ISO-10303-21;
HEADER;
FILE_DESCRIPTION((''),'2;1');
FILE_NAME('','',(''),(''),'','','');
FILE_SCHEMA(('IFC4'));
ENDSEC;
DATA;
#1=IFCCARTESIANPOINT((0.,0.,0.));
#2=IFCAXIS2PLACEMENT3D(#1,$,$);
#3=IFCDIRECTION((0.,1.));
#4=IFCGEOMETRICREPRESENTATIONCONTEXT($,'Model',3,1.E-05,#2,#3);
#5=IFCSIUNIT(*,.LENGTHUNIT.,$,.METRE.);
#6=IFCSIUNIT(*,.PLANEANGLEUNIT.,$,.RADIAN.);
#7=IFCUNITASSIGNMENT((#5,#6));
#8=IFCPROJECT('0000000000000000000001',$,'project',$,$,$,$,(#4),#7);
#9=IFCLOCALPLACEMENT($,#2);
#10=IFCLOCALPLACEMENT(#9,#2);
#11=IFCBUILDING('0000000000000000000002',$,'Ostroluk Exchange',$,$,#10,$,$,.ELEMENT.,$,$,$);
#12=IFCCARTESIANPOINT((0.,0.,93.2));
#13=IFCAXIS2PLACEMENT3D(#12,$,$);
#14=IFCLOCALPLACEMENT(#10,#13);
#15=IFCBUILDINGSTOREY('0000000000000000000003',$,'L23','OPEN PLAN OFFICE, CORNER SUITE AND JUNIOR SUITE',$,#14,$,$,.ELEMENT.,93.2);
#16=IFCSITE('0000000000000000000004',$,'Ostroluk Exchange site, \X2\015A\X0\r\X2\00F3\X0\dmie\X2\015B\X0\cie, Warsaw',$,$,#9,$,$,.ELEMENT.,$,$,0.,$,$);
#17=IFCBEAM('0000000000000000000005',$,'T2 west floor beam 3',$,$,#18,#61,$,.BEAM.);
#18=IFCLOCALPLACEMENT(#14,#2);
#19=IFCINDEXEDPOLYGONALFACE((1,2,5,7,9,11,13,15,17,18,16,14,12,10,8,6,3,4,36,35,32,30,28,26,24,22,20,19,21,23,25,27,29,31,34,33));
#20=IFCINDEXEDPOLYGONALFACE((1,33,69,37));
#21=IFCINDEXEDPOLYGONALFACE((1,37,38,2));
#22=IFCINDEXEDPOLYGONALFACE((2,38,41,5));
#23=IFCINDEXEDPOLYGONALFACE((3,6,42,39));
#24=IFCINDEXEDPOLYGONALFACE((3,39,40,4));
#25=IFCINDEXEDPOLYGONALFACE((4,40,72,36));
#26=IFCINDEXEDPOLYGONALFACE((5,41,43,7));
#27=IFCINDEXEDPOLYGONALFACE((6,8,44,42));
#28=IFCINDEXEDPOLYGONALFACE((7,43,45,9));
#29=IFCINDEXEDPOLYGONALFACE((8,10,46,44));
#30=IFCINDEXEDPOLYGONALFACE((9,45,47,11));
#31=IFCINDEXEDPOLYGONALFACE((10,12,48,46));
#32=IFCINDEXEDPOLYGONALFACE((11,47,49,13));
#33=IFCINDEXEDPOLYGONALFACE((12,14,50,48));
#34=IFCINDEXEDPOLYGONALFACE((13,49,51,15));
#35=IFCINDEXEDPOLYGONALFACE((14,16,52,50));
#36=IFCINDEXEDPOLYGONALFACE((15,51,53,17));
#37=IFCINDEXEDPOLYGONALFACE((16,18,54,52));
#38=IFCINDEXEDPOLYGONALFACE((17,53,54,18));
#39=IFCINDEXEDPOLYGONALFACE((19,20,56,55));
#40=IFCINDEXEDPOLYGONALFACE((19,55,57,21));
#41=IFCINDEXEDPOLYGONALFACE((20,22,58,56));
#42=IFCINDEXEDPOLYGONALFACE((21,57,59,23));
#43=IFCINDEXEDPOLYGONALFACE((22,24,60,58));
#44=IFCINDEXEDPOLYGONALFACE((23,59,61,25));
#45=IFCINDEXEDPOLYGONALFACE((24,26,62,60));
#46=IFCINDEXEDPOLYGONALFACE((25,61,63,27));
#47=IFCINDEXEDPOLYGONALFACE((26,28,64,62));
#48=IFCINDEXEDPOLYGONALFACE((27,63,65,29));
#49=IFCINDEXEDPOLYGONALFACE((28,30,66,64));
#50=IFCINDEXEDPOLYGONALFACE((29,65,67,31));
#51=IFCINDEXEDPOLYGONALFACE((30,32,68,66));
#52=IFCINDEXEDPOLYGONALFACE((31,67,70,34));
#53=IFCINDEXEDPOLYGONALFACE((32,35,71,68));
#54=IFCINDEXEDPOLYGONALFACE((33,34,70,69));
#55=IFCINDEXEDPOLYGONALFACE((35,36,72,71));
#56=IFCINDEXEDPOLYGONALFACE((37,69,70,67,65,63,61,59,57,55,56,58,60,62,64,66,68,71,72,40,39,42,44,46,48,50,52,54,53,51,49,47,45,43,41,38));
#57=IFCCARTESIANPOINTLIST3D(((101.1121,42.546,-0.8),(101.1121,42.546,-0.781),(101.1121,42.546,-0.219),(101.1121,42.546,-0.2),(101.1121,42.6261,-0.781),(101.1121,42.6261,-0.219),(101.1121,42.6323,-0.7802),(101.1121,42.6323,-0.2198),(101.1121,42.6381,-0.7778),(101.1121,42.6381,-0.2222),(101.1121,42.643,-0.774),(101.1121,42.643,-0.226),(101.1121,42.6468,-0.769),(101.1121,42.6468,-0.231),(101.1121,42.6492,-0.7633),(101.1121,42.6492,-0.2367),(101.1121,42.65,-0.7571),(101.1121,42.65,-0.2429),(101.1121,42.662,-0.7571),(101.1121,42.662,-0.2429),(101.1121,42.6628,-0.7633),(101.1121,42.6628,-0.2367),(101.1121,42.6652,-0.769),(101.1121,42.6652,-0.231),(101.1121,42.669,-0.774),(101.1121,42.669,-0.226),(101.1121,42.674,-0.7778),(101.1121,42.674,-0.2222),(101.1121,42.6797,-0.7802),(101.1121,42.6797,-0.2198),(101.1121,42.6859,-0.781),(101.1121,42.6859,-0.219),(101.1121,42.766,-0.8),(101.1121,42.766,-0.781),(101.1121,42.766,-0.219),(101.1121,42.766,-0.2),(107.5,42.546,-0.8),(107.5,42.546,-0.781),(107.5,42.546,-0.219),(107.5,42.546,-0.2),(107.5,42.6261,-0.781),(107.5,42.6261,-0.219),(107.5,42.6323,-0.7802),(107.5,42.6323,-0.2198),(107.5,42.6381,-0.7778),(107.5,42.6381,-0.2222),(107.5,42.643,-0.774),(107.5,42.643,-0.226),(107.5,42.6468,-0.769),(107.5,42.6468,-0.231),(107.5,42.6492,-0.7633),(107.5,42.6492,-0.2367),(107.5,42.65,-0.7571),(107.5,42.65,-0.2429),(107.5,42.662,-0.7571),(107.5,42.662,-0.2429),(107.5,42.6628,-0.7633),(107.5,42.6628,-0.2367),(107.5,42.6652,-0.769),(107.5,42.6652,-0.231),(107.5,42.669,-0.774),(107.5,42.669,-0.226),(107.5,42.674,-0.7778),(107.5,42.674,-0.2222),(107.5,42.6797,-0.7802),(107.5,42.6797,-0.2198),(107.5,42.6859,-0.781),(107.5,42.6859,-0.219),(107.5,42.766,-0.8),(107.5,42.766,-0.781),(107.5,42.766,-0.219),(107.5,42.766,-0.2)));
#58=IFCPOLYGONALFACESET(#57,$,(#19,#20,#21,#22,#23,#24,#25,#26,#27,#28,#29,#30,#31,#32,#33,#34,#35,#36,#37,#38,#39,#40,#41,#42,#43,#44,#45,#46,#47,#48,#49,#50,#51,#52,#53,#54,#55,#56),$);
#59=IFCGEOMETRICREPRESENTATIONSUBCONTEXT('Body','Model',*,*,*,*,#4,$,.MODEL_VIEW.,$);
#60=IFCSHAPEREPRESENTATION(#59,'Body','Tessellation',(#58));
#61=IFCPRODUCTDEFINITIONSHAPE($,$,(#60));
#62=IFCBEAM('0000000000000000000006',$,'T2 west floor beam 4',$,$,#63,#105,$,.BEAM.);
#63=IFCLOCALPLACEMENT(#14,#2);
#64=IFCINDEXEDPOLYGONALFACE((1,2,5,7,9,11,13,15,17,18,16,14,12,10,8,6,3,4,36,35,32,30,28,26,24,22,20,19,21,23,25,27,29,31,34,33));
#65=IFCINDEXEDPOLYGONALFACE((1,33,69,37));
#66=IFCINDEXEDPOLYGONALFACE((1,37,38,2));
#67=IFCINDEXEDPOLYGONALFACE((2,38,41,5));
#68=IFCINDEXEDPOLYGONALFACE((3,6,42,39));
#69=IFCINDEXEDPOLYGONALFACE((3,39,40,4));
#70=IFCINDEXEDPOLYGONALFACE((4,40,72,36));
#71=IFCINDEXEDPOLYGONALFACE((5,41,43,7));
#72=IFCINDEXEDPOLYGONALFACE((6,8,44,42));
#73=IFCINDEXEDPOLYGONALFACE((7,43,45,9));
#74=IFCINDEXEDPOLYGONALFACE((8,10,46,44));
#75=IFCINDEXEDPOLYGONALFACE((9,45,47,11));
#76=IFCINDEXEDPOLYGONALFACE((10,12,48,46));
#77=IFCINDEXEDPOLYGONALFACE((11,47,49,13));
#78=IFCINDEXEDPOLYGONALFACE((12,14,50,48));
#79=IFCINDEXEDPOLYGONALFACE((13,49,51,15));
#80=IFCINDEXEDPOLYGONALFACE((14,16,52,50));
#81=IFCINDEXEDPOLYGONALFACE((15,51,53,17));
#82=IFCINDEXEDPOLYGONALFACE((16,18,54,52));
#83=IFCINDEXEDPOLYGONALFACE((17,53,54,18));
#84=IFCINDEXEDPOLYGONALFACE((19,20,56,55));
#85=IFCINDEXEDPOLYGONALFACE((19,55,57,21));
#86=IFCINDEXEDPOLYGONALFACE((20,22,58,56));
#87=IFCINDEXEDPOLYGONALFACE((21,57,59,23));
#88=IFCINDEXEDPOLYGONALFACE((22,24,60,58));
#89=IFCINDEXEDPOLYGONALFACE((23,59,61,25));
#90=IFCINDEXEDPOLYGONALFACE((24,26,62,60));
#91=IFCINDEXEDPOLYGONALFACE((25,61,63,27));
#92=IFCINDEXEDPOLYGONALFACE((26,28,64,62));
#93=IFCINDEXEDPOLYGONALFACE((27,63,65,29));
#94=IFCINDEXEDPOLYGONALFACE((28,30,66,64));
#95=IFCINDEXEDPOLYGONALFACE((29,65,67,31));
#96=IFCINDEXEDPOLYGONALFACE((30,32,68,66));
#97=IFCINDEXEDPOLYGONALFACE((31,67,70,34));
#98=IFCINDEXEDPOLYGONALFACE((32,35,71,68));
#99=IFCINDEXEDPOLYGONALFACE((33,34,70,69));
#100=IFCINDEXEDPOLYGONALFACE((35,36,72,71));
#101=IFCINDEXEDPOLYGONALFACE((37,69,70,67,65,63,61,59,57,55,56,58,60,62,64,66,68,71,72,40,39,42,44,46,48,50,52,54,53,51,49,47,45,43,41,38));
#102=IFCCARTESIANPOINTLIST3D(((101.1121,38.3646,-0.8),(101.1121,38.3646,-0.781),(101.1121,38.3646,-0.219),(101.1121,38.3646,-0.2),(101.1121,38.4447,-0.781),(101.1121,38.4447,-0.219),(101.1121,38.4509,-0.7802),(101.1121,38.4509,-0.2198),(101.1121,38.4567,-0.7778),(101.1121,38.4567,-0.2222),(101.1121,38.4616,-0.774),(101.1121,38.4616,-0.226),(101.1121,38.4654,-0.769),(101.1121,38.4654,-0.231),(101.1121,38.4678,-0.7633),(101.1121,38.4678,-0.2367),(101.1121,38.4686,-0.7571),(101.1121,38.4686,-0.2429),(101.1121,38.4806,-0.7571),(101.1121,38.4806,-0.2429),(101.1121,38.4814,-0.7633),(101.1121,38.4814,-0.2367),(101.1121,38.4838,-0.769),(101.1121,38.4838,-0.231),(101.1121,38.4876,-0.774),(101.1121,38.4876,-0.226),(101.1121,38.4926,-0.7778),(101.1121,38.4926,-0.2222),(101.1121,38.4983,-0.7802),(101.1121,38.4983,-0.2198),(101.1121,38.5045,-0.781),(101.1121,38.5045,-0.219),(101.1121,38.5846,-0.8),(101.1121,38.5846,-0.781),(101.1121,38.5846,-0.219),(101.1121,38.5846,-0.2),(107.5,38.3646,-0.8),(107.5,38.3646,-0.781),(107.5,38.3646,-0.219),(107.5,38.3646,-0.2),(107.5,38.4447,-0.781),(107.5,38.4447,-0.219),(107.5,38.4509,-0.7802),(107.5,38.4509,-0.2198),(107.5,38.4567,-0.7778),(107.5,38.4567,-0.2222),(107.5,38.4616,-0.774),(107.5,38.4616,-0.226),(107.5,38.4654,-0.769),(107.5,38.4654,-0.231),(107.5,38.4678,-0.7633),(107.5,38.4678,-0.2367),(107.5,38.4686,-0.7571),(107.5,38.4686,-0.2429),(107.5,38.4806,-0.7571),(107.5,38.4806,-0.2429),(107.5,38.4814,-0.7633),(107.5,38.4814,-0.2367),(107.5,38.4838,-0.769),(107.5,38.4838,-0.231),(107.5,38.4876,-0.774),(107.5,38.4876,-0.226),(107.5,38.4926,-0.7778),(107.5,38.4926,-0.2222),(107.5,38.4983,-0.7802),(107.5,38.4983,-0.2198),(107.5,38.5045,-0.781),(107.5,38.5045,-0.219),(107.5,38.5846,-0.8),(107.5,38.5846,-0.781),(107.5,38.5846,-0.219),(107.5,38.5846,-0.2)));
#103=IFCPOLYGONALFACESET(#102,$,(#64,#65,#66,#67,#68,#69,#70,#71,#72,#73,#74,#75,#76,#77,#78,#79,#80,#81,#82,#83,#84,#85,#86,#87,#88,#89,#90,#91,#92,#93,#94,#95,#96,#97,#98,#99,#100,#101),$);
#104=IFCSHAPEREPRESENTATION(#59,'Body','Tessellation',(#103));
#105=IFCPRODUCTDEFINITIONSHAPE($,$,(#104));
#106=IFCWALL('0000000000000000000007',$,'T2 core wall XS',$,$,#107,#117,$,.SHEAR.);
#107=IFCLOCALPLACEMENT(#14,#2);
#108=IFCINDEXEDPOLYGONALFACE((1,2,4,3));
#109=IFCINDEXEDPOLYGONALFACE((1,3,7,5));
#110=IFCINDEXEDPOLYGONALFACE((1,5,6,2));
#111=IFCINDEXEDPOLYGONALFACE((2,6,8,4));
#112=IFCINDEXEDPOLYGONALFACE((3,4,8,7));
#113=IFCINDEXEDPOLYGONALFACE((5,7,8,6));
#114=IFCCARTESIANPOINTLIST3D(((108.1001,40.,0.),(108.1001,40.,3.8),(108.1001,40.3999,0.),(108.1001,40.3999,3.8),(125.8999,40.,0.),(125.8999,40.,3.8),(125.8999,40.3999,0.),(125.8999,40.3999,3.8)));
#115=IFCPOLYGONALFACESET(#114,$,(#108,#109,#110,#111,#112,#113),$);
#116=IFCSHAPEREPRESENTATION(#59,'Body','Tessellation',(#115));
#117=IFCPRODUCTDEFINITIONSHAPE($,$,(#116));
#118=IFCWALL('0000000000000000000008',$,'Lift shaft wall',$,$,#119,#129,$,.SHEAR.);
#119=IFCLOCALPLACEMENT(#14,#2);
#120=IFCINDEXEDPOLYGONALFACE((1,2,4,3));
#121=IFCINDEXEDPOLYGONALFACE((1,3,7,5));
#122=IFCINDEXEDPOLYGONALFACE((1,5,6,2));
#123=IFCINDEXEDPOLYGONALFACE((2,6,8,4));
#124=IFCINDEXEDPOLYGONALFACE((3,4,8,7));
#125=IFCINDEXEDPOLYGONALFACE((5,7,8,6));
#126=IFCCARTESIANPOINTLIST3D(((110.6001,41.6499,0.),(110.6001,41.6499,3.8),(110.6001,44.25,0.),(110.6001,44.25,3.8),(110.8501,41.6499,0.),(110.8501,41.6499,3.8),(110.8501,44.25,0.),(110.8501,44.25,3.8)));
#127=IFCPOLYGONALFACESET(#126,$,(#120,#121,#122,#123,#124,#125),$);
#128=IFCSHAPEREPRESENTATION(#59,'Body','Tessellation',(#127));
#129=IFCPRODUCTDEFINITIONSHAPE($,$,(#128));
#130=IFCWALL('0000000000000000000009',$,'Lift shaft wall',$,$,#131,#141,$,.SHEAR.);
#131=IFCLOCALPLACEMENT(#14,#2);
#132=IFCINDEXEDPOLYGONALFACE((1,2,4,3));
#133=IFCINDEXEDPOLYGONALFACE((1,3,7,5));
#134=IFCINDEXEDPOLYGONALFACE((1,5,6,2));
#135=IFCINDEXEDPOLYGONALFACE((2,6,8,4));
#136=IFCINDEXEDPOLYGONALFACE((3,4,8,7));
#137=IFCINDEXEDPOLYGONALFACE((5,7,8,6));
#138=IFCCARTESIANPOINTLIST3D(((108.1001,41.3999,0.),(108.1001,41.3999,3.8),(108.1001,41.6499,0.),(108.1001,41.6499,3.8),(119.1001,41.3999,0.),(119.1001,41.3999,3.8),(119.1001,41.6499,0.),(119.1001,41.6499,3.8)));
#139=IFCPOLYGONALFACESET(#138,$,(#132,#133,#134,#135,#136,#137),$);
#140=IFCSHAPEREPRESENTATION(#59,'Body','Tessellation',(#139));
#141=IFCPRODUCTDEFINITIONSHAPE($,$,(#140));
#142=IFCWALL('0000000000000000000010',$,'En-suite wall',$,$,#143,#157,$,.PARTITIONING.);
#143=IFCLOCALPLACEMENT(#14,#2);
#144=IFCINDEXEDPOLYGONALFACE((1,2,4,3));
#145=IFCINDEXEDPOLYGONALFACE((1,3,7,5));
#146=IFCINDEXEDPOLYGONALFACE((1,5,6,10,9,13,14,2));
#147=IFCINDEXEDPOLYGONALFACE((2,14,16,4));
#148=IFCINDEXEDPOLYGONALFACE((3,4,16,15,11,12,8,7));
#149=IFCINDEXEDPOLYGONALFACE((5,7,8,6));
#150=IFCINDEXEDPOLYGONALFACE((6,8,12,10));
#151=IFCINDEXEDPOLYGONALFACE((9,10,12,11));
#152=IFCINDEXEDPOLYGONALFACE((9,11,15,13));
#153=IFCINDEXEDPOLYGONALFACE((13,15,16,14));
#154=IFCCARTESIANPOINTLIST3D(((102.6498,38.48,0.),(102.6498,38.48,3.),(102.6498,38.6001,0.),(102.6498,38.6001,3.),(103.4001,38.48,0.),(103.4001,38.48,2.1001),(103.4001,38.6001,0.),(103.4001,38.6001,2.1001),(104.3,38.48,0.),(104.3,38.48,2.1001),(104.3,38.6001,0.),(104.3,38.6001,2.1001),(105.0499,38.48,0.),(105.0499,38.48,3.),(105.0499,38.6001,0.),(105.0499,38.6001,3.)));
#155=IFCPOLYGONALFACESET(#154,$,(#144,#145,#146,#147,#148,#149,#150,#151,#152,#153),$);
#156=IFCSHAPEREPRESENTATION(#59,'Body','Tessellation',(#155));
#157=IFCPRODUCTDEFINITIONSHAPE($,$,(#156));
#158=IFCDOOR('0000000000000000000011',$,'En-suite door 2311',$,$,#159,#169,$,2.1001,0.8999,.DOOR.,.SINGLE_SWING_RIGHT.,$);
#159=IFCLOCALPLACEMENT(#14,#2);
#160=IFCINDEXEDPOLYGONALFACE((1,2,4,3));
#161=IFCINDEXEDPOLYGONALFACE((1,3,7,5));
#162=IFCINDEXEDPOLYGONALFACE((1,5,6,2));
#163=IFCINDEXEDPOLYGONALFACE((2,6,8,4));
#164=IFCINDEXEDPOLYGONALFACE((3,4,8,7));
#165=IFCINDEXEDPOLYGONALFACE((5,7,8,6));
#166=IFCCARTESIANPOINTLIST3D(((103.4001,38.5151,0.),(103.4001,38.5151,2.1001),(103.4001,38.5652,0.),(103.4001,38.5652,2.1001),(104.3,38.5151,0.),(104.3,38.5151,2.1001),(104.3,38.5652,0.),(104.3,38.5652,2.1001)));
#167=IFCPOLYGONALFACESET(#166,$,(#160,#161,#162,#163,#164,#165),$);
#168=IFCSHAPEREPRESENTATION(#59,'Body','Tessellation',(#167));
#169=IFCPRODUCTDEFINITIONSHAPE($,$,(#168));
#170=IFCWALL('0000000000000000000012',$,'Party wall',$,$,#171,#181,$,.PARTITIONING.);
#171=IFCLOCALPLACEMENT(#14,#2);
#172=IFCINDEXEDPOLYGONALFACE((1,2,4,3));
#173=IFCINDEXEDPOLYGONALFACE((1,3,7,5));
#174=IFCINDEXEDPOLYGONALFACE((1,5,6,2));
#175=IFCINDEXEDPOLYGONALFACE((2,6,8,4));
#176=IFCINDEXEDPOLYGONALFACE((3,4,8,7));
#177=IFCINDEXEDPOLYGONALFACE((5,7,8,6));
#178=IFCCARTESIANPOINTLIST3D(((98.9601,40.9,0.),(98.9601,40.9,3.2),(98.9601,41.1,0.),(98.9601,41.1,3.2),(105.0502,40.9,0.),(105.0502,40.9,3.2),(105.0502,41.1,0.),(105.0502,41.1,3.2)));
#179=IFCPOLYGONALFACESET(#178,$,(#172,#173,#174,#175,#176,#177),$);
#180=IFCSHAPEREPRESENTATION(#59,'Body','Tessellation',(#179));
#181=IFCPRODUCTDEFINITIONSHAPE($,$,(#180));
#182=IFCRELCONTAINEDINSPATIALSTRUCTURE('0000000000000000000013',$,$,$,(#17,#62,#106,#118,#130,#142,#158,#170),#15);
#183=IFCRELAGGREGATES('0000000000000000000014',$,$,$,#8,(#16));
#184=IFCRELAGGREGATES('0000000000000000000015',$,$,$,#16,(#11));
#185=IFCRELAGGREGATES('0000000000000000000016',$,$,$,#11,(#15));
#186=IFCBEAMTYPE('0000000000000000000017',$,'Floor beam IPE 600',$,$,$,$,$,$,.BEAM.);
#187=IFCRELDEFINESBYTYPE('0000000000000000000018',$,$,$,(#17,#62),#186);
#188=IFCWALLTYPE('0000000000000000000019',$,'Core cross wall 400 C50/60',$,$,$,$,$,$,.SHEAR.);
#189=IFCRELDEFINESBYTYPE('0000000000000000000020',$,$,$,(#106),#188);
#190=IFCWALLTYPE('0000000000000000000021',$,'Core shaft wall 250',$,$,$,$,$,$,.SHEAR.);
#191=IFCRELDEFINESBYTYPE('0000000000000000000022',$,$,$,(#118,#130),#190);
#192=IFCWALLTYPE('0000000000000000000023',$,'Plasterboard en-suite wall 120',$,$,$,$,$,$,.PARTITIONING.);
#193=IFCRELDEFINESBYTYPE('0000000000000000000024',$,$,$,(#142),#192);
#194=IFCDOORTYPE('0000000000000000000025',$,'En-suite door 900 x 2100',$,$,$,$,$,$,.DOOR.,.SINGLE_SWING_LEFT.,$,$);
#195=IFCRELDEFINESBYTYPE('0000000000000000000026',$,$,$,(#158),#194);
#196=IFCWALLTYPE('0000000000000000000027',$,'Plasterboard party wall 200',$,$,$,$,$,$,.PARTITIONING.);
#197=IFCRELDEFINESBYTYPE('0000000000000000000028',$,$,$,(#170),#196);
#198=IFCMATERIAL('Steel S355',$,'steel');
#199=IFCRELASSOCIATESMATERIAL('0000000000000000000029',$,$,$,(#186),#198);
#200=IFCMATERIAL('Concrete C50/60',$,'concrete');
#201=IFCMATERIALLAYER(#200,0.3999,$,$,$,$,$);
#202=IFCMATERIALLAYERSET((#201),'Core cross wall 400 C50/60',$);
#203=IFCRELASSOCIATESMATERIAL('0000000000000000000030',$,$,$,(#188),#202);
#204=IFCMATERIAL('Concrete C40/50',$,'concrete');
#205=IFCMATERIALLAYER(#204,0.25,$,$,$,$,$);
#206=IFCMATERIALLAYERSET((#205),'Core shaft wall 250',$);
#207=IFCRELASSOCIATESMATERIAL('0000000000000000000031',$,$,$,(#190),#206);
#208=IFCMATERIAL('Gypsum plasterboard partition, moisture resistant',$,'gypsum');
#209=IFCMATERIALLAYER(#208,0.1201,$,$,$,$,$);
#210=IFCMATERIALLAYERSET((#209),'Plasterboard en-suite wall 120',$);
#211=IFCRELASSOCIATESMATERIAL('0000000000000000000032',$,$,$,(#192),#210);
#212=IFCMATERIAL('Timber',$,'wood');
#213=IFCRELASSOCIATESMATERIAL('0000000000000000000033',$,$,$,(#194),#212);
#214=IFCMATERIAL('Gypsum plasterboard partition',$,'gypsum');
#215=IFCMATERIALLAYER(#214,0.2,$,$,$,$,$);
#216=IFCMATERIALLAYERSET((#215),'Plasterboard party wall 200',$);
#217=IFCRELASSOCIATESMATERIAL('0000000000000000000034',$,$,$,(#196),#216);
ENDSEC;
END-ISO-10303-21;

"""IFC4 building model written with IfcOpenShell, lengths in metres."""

from ifc_helpers import new_model, si_unit, direction, frame, frame_2d, origin, origin_2d, place, context, subcontext, project, spatial, rectangle, i_section, extrude, material, layer, layer_set, material_profile, profile_set, type_object, element, fill, save


model = new_model("IFC4")

# Units and contexts
model_context = context("Model", 3, precision=1e-05, world=origin(), true_north=direction((0.0, 1.0)))
body_context = subcontext(model_context, "Body", "Model", "MODEL_VIEW")
ifc_project = project(units=[si_unit("LENGTHUNIT", "METRE"), si_unit("PLANEANGLEUNIT", "RADIAN")], contexts=[model_context])

# Site, building, storey
site_placement = place(None, origin())
site = spatial("IfcSite", under=ifc_project, at=site_placement, Name="Ostroluk Exchange site, Śródmieście, Warsaw", CompositionType="ELEMENT", RefElevation=0.0)
building_placement = place(site_placement, origin())
building = spatial("IfcBuilding", under=site, at=building_placement, Name="Ostroluk Exchange", CompositionType="ELEMENT")
storey_placement = place(building_placement, frame((0.0, 0.0, 93.2)))
storey = spatial("IfcBuildingStorey", under=building, at=storey_placement, Name="L23", Description="OPEN PLAN OFFICE, CORNER SUITE AND JUNIOR SUITE", CompositionType="ELEMENT", Elevation=93.2)

# Beams
ifc_material_1 = material(Name="Steel S355", Category="steel")
ifc_material_profile = material_profile(ifc_material_1, i_section(OverallWidth=0.22, OverallDepth=0.6001, WebThickness=0.012, FlangeThickness=0.019, FilletRadius=0.0239, at=origin_2d()), Name="IPE 600")
ifc_profile_set = profile_set([ifc_material_profile], Name="Steel S355")
beam_type = type_object("IfcBeamType", Name="Floor beam IPE 600", PredefinedType="BEAM", material=ifc_profile_set)
for number, where, z_axis, x_axis, name in (
    (1, (107.5, 42.656, -0.5), (-1.0, 0.0, 0.0), (0.0, -1.0, 0.0), "T2 west floor beam 3"),
    (2, (107.5, 38.4746, -0.5), (-1.0, 0.0, 0.0), (0.0, -1.0, 0.0), "T2 west floor beam 4"),
):
    element("IfcBeam", number, at=place(storey_placement, frame(where, z_axis=z_axis, x_axis=x_axis)), inside=storey, type_object=beam_type, Name=name, PredefinedType="BEAM", context=body_context, shape_type="SweptSolid", body=[
        extrude(i_section(OverallWidth=0.22, OverallDepth=0.6001, WebThickness=0.012, FlangeThickness=0.019, FilletRadius=0.0239, at=origin_2d()), origin(), (0.0, 0.0, 1.0), 6.3879),
    ])

# Walls
ifc_material_2 = material(Name="Concrete C50/60", Category="concrete")
ifc_layer_1 = layer(ifc_material_2, 0.3999)
ifc_layer_set_1 = layer_set([ifc_layer_1], Name="Core cross wall 400 C50/60")
wall_type_1 = type_object("IfcWallType", Name="Core cross wall 400 C50/60", PredefinedType="SHEAR", material=ifc_layer_set_1)
wall_1_placement = place(storey_placement, frame((108.1001, 40.2, 0.0), z_axis=(0.0, 0.0, 1.0), x_axis=(1.0, 0.0, 0.0)))
element("IfcWall", 3, at=wall_1_placement, inside=storey, type_object=wall_type_1, Name="T2 core wall XS", PredefinedType="SHEAR", context=body_context, shape_type="SweptSolid", body=[
    extrude(rectangle(XDim=17.7998, YDim=0.3999, at=frame_2d((8.8999, 0.0))), origin(), (0.0, 0.0, 1.0), 3.8),
])
ifc_material_3 = material(Name="Concrete C40/50", Category="concrete")
ifc_layer_2 = layer(ifc_material_3, 0.25)
ifc_layer_set_2 = layer_set([ifc_layer_2], Name="Core shaft wall 250")
wall_type_2 = type_object("IfcWallType", Name="Core shaft wall 250", PredefinedType="SHEAR", material=ifc_layer_set_2)
wall_2_placement = place(storey_placement, frame((110.7251, 44.25, 0.0), z_axis=(0.0, 0.0, 1.0), x_axis=(0.0, -1.0, 0.0)))
element("IfcWall", 4, at=wall_2_placement, inside=storey, type_object=wall_type_2, Name="Lift shaft wall", PredefinedType="SHEAR", context=body_context, shape_type="SweptSolid", body=[
    extrude(rectangle(XDim=2.6001, YDim=0.25, at=frame_2d((1.3, 0.0))), origin(), (0.0, 0.0, 1.0), 3.8),
])
wall_3_placement = place(storey_placement, frame((108.1001, 41.5249, 0.0), z_axis=(0.0, 0.0, 1.0), x_axis=(1.0, 0.0, 0.0)))
element("IfcWall", 5, at=wall_3_placement, inside=storey, type_object=wall_type_2, Name="Lift shaft wall", PredefinedType="SHEAR", context=body_context, shape_type="SweptSolid", body=[
    extrude(rectangle(XDim=11.0, YDim=0.25, at=frame_2d((5.5, 0.0))), origin(), (0.0, 0.0, 1.0), 3.8),
])

# Wall, opening, door
ifc_material_4 = material(Name="Gypsum plasterboard partition, moisture resistant", Category="gypsum")
ifc_layer_3 = layer(ifc_material_4, 0.1201)
ifc_layer_set_3 = layer_set([ifc_layer_3], Name="Plasterboard en-suite wall 120")
wall_type_3 = type_object("IfcWallType", Name="Plasterboard en-suite wall 120", PredefinedType="PARTITIONING", material=ifc_layer_set_3)
wall_4_placement = place(storey_placement, frame((105.05, 38.54, 0.0), z_axis=(0.0, 0.0, 1.0), x_axis=(-1.0, 0.0, 0.0)))
wall_4 = element("IfcWall", 6, at=wall_4_placement, inside=storey, type_object=wall_type_3, Name="En-suite wall", PredefinedType="PARTITIONING", context=body_context, shape_type="SweptSolid", body=[
    extrude(rectangle(XDim=2.4001, YDim=0.1201, at=frame_2d((1.2002, 0.0))), origin(), (0.0, 0.0, 1.0), 3.0),
])
opening_placement = place(wall_4_placement, frame((0.75, 0.0, 0.0)))
opening = element("IfcOpeningElement", 7, at=opening_placement, cuts=wall_4, PredefinedType="OPENING", context=body_context, shape_type="SweptSolid", body=[
    extrude(rectangle(XDim=0.8999, YDim=2.1001, at=frame_2d((0.45, 1.05))), frame((0.0, 0.0701, 0.0), z_axis=(0.0, -1.0, 0.0), x_axis=(1.0, 0.0, 0.0)), (0.0, 0.0, 1.0), 0.1401),
])
ifc_material_5 = material(Name="Timber", Category="wood")
door_type = type_object("IfcDoorType", Name="En-suite door 900 x 2100", OperationType="SINGLE_SWING_LEFT", PredefinedType="DOOR", material=ifc_material_5)
door_placement = place(opening_placement, origin())
door = element("IfcDoor", 8, at=door_placement, inside=storey, type_object=door_type, Name="En-suite door 2311", OperationType="SINGLE_SWING_RIGHT", OverallHeight=2.1001, OverallWidth=0.8999, PredefinedType="DOOR", context=body_context, shape_type="SweptSolid", body=[
    extrude(rectangle(XDim=0.8999, YDim=2.1001, at=frame_2d((0.45, 1.05))), frame((0.0, 0.0249, 0.0), z_axis=(0.0, -1.0, 0.0), x_axis=(1.0, 0.0, 0.0)), (0.0, 0.0, 1.0), 0.05),
])
fill(opening, door)

# Wall
ifc_material_6 = material(Name="Gypsum plasterboard partition", Category="gypsum")
ifc_layer_4 = layer(ifc_material_6, 0.2)
ifc_layer_set_4 = layer_set([ifc_layer_4], Name="Plasterboard party wall 200")
wall_type_4 = type_object("IfcWallType", Name="Plasterboard party wall 200", PredefinedType="PARTITIONING", material=ifc_layer_set_4)
wall_5_placement = place(storey_placement, frame((105.05, 41.0, 0.0), z_axis=(0.0, 0.0, 1.0), x_axis=(-1.0, 0.0, 0.0)))
element("IfcWall", 9, at=wall_5_placement, inside=storey, type_object=wall_type_4, Name="Party wall", PredefinedType="PARTITIONING", context=body_context, shape_type="SweptSolid", body=[
    extrude(rectangle(XDim=6.0901, YDim=0.2, at=frame_2d((3.0449, 0.0))), origin(), (0.0, 0.0, 1.0), 3.2),
])

save(model, "model.ifc")
